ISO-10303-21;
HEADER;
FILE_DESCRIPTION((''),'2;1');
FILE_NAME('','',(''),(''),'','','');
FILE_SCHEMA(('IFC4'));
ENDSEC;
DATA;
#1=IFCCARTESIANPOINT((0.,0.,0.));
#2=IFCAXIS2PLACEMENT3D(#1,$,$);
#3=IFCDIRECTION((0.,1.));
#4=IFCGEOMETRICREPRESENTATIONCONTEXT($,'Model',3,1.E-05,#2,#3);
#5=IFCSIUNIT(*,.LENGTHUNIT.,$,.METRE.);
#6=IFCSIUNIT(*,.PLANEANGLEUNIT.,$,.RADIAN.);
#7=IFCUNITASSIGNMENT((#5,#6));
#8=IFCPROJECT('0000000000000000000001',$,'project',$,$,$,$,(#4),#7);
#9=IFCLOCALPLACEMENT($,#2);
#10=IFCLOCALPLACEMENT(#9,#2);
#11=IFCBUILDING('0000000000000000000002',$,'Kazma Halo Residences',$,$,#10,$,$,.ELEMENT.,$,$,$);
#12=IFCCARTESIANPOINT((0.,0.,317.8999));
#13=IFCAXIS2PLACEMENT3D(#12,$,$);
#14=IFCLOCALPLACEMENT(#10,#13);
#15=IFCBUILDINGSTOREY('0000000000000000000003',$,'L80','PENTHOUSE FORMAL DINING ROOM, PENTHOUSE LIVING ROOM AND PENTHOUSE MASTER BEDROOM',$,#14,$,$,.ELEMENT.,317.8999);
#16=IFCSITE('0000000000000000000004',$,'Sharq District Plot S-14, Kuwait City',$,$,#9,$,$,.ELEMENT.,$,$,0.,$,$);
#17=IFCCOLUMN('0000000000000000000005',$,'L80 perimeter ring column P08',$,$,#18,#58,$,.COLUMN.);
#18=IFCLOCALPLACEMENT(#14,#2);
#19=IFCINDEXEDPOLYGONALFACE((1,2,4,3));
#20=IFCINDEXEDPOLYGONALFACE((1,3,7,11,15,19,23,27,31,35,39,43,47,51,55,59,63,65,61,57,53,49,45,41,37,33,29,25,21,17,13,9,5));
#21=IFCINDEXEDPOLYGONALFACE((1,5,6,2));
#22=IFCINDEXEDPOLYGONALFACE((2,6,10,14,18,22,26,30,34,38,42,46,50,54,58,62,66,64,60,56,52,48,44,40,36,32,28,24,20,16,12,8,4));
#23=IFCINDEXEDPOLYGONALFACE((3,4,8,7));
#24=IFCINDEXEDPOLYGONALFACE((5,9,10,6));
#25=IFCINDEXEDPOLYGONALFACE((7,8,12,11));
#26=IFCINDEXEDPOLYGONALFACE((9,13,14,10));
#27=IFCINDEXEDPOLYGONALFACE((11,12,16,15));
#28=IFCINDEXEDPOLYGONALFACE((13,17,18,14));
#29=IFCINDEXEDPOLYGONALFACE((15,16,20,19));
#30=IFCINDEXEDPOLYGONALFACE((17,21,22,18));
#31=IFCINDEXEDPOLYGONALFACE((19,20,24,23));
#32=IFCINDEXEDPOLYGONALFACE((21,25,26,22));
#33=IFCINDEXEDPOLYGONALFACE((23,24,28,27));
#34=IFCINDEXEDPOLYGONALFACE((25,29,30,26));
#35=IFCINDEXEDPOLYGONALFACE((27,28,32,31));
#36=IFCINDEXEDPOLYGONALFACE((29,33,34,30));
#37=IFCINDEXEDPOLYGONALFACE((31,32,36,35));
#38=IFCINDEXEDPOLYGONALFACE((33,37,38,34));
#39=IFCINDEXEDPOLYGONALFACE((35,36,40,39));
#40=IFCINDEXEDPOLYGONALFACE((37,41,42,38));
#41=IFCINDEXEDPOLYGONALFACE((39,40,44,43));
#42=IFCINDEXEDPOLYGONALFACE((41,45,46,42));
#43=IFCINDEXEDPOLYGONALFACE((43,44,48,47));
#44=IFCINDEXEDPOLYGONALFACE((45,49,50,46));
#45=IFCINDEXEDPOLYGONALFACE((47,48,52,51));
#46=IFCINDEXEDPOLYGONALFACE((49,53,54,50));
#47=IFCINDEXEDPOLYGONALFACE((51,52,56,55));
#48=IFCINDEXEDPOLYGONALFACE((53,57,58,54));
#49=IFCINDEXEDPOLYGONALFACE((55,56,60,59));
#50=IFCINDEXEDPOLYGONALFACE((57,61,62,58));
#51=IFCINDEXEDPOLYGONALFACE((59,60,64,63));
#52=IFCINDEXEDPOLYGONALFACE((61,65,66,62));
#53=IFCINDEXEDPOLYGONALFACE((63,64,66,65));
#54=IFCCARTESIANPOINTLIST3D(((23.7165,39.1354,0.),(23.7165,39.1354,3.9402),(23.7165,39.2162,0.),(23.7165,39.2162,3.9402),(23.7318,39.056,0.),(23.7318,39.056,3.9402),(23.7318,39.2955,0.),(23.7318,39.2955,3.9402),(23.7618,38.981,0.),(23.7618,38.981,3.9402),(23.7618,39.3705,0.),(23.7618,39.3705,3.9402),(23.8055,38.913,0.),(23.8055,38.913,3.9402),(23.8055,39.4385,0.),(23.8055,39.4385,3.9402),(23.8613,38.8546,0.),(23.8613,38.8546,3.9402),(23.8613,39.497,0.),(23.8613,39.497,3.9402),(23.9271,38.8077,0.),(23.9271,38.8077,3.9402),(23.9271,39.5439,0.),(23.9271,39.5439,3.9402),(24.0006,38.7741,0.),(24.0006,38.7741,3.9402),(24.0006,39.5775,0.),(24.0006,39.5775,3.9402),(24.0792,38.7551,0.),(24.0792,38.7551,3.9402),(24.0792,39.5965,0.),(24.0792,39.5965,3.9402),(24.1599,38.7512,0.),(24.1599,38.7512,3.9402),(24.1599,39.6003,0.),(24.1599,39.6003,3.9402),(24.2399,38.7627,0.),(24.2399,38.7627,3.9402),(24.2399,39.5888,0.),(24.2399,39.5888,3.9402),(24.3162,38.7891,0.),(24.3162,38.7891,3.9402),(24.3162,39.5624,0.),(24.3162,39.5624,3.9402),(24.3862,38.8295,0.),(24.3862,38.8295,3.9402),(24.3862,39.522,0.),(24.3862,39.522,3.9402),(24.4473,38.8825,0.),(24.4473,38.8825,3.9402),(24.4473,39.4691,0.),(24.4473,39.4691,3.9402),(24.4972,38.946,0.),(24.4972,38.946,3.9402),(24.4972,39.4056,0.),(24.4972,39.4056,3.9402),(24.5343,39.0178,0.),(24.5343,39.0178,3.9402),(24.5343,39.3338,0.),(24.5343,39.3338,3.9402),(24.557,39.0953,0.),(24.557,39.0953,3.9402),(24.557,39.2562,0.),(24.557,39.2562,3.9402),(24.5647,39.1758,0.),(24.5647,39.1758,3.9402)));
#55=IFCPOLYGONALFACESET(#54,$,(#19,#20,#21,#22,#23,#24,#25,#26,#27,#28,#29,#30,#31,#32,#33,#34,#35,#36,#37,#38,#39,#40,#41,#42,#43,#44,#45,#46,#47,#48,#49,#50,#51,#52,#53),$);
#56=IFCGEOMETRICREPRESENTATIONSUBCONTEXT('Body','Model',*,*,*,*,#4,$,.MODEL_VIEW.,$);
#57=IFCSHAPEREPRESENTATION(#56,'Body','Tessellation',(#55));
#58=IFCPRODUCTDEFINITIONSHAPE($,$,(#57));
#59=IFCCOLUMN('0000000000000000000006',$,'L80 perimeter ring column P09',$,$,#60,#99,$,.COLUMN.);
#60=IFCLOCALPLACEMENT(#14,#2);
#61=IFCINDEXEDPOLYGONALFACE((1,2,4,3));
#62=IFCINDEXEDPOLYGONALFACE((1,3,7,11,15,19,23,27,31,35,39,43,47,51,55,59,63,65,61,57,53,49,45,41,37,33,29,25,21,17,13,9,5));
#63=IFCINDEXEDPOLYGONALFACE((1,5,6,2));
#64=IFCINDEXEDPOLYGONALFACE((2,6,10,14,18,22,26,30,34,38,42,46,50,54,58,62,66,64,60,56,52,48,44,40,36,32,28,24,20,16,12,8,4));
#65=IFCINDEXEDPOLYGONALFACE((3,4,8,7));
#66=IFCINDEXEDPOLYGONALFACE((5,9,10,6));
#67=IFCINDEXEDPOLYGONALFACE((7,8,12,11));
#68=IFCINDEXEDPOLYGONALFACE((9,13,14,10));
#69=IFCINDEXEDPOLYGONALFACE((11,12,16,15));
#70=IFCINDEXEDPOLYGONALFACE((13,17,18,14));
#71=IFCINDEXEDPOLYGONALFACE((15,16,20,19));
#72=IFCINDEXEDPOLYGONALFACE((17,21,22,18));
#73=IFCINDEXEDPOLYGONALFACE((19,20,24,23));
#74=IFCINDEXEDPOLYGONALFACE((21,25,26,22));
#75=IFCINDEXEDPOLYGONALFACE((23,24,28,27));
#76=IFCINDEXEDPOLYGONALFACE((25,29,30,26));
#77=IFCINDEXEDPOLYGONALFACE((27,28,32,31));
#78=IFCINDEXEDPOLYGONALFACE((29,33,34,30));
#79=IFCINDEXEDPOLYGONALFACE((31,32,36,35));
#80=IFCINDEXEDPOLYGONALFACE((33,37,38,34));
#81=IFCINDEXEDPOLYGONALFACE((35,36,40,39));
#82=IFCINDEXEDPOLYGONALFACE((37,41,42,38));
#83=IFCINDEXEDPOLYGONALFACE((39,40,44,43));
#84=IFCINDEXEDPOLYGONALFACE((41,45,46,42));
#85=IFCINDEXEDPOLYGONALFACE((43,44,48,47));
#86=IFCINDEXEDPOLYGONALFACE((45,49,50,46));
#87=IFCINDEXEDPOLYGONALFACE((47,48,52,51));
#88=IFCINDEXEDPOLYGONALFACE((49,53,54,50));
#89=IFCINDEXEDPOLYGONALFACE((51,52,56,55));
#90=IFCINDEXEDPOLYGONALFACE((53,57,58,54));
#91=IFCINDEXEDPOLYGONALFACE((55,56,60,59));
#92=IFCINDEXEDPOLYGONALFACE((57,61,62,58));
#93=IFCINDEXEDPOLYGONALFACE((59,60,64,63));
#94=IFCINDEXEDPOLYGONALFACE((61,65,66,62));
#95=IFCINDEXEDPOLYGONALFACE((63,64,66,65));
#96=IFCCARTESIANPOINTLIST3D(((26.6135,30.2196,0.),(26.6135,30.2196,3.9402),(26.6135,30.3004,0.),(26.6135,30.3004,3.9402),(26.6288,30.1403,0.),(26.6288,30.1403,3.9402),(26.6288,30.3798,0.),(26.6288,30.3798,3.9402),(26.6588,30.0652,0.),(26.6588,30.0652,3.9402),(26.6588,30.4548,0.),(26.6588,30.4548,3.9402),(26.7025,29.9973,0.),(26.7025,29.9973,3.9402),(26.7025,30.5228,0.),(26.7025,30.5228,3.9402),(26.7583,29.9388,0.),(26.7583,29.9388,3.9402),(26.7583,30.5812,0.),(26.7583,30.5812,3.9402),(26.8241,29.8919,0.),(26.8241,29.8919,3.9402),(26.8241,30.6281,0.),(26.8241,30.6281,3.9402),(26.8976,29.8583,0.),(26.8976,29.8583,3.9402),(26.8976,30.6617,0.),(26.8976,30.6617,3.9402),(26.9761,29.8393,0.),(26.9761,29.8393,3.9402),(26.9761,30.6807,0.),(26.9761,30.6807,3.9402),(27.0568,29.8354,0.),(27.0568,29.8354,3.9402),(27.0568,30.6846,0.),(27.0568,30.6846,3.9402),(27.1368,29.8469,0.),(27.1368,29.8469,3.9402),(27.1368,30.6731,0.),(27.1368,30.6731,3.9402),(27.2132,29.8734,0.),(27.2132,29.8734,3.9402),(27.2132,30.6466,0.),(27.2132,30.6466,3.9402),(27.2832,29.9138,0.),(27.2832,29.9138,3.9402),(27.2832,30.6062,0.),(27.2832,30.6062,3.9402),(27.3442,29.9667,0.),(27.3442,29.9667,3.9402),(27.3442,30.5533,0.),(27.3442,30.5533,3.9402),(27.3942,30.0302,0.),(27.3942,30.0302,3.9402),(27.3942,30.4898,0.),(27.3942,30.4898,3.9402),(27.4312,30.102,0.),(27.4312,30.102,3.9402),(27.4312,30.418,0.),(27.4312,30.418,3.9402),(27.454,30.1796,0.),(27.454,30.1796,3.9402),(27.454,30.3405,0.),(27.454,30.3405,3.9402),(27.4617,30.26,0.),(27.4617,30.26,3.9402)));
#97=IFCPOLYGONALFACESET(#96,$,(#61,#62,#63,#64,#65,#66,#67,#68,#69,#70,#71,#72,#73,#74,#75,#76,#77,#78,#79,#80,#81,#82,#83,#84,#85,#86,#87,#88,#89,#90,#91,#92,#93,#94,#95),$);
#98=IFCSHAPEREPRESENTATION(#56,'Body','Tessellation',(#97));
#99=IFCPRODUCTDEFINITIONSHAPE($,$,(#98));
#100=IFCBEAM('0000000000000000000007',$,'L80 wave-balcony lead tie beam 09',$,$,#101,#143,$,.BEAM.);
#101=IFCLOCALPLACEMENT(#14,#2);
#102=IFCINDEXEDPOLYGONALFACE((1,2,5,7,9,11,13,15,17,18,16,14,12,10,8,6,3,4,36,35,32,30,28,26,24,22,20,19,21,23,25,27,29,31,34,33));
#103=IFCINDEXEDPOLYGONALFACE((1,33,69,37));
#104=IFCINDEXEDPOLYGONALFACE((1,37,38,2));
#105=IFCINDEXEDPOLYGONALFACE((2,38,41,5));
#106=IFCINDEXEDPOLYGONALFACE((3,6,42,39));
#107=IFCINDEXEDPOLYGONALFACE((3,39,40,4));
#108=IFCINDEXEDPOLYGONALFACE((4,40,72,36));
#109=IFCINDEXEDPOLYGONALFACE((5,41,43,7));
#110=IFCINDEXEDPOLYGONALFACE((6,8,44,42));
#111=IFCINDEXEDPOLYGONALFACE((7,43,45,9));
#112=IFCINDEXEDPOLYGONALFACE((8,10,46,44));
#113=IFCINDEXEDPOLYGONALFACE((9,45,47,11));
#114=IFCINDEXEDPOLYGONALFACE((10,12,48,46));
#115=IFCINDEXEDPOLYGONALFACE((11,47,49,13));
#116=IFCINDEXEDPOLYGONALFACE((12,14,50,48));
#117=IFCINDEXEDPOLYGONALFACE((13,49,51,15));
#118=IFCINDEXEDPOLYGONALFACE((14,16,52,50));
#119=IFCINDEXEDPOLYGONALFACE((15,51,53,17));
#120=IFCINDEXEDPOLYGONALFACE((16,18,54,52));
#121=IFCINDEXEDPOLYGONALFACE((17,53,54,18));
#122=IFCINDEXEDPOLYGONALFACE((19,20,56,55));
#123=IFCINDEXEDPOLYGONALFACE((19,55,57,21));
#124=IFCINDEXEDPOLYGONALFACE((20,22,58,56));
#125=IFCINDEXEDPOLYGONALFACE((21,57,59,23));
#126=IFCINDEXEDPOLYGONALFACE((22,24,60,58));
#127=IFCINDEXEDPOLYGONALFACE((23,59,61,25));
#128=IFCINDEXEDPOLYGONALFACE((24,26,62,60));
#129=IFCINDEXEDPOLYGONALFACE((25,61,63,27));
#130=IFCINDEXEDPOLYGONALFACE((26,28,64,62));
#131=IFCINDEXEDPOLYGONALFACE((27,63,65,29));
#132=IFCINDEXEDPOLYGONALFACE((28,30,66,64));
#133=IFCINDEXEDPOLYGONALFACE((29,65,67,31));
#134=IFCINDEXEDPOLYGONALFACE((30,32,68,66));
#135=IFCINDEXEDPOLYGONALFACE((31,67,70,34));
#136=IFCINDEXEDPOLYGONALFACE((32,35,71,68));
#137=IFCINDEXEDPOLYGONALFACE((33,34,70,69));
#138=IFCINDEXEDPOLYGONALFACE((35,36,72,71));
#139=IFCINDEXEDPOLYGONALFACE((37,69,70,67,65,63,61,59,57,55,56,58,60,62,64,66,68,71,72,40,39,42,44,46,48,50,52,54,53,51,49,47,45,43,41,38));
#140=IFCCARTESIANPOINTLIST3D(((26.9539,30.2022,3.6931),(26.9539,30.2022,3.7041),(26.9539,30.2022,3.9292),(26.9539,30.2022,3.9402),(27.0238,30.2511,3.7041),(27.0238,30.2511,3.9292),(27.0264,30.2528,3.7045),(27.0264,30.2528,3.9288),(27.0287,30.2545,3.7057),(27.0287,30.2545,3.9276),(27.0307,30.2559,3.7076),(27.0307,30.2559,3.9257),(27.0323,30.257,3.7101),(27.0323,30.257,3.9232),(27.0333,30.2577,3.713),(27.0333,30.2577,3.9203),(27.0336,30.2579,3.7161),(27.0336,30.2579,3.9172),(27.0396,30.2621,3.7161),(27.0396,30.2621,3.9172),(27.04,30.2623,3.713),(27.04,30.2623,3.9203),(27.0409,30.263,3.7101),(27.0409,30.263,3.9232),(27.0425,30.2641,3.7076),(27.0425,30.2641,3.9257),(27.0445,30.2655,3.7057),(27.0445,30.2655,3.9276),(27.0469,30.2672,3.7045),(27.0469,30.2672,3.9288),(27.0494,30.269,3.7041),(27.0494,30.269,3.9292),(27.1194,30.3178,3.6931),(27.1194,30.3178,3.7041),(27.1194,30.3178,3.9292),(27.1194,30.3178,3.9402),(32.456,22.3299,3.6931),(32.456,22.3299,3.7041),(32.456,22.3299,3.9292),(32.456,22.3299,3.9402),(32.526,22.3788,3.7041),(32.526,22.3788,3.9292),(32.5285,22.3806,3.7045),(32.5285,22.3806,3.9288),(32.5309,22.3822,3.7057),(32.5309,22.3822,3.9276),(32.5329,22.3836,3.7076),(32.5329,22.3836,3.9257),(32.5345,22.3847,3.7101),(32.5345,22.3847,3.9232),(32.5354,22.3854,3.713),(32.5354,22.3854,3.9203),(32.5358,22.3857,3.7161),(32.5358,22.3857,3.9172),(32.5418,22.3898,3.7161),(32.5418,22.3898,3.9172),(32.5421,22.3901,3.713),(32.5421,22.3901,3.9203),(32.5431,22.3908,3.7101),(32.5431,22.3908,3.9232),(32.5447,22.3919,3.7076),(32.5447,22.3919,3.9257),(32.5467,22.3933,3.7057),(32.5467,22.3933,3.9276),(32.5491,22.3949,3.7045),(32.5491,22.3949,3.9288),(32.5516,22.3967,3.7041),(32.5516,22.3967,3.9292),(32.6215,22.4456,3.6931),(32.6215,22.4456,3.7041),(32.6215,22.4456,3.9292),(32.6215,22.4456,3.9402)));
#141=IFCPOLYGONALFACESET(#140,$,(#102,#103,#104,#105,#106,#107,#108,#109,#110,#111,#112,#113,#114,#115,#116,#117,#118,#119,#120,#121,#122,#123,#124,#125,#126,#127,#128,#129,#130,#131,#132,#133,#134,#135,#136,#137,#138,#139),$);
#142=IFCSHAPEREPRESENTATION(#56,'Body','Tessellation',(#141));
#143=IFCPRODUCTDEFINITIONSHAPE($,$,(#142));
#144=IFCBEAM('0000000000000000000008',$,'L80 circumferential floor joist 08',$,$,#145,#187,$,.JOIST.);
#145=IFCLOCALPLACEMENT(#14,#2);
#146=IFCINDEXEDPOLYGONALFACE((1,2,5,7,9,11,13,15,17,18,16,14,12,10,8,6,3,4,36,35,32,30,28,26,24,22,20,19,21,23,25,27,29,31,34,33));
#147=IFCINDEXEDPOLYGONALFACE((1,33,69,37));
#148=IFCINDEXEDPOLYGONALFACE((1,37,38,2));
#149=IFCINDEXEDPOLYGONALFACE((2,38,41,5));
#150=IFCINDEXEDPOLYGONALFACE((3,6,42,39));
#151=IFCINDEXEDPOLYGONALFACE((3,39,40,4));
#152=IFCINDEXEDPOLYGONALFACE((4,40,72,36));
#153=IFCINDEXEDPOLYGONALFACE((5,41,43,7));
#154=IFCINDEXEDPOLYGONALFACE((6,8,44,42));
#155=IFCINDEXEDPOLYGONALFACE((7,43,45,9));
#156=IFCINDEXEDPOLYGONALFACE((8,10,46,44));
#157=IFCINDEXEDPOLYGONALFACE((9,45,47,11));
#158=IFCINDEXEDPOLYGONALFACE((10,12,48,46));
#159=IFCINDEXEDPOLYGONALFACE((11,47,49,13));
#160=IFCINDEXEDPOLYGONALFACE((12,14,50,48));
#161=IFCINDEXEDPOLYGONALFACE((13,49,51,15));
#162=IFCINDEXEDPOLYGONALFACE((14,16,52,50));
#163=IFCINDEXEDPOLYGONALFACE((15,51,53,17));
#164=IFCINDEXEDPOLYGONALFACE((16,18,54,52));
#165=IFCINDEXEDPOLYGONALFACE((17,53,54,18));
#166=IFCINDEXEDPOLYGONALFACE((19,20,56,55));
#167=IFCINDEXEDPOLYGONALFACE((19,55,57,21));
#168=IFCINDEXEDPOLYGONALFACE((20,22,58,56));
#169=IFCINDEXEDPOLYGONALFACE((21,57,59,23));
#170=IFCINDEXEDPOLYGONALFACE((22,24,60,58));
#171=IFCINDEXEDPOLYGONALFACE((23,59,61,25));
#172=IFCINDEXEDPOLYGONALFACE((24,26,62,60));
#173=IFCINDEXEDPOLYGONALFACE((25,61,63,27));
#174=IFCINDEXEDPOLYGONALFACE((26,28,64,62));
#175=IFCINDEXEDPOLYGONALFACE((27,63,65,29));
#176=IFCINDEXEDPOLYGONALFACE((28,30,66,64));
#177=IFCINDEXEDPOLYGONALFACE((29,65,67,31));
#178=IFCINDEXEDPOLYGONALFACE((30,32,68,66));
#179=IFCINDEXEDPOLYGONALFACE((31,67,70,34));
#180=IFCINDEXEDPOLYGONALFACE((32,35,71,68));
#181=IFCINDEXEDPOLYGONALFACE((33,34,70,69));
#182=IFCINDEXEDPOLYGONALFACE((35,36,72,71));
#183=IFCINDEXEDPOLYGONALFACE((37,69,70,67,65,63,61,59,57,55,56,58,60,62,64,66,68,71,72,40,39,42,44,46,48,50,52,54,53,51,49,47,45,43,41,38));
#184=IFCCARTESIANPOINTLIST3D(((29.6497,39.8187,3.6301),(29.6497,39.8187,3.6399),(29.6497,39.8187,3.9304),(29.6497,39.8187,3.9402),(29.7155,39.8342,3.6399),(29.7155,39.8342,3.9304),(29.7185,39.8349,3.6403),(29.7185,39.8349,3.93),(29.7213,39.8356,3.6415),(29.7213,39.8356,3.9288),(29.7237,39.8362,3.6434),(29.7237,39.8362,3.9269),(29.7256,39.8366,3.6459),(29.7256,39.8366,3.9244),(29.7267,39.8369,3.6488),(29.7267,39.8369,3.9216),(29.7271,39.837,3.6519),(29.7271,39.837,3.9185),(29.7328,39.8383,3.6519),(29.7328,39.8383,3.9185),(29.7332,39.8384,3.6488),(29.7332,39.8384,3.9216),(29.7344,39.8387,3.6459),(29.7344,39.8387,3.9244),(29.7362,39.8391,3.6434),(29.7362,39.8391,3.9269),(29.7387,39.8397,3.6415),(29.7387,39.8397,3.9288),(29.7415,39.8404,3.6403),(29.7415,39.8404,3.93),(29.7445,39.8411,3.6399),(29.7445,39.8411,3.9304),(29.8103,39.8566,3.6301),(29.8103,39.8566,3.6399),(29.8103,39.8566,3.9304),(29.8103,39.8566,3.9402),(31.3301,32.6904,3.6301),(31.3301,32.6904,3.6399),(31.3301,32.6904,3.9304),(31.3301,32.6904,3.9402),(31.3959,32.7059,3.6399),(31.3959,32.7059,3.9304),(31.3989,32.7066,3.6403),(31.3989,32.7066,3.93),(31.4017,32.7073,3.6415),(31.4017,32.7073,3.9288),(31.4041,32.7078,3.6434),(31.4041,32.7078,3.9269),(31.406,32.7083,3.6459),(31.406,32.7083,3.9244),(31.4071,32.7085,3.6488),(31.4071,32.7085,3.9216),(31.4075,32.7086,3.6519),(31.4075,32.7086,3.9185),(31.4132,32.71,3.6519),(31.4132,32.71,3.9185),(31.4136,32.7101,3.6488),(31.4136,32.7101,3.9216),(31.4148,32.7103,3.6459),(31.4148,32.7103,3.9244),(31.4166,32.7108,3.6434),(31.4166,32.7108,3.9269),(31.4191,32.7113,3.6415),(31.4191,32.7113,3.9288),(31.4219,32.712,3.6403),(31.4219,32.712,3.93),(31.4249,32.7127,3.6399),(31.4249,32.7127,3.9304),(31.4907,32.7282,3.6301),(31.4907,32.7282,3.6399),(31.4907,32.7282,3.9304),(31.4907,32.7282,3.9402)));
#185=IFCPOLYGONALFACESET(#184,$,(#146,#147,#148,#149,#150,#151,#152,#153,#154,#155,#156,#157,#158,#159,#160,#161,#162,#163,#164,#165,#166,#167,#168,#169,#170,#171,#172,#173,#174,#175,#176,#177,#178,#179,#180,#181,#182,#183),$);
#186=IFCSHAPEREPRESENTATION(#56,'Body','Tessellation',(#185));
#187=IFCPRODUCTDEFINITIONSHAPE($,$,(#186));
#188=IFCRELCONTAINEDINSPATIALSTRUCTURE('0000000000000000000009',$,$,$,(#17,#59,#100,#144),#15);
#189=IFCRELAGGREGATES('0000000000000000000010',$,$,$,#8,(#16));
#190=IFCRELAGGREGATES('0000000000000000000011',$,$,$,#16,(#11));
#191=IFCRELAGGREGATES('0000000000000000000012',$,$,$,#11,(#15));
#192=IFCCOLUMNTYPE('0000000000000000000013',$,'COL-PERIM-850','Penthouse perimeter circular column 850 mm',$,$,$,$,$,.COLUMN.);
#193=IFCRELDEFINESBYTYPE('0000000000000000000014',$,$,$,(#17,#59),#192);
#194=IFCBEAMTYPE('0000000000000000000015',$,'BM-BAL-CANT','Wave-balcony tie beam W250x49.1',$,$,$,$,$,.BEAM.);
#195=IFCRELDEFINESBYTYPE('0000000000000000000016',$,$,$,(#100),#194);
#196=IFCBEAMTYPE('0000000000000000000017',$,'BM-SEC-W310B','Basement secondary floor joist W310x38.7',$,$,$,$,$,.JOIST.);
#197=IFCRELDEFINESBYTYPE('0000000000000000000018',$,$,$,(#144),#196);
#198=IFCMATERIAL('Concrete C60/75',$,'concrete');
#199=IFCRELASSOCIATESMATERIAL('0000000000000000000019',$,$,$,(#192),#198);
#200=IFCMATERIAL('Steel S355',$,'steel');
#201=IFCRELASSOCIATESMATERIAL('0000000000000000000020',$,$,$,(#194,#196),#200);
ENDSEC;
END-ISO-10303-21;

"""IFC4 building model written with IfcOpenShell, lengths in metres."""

from ifc_helpers import new_model, si_unit, direction, frame, origin, origin_2d, place, context, subcontext, project, spatial, circle, i_section, extrude, material, material_profile, profile_set, type_object, element, save


model = new_model("IFC4")

# Units and contexts
model_context = context("Model", 3, precision=1e-05, world=origin(), true_north=direction((0.0, 1.0)))
body_context = subcontext(model_context, "Body", "Model", "MODEL_VIEW")
ifc_project = project(units=[si_unit("LENGTHUNIT", "METRE"), si_unit("PLANEANGLEUNIT", "RADIAN")], contexts=[model_context])

# Site, building, storey
site_placement = place(None, origin())
site = spatial("IfcSite", under=ifc_project, at=site_placement, Name="Sharq District Plot S-14, Kuwait City", CompositionType="ELEMENT", RefElevation=0.0)
building_placement = place(site_placement, origin())
building = spatial("IfcBuilding", under=site, at=building_placement, Name="Kazma Halo Residences", CompositionType="ELEMENT")
storey_placement = place(building_placement, frame((0.0, 0.0, 317.8999)))
storey = spatial("IfcBuildingStorey", under=building, at=storey_placement, Name="L80", Description="PENTHOUSE FORMAL DINING ROOM, PENTHOUSE LIVING ROOM AND PENTHOUSE MASTER BEDROOM", CompositionType="ELEMENT", Elevation=317.8999)

# Columns
ifc_material_1 = material(Name="Concrete C60/75", Category="concrete")
ifc_material_profile_1 = material_profile(ifc_material_1, circle(Radius=0.425, at=origin_2d()), Name="CIRC850")
ifc_profile_set_1 = profile_set([ifc_material_profile_1], Name="Concrete C60/75")
column_type = type_object("IfcColumnType", Name="COL-PERIM-850", Description="Penthouse perimeter circular column 850 mm", PredefinedType="COLUMN", material=ifc_profile_set_1)
for number, where, z_axis, x_axis, name in (
    (1, (24.1396, 39.1758, 0.0), (0.0, 0.0, 1.0), (1.0, 0.0, 0.0), "L80 perimeter ring column P08"),
    (2, (27.0366, 30.26, 0.0), (0.0, 0.0, 1.0), (1.0, 0.0, 0.0), "L80 perimeter ring column P09"),
):
    element("IfcColumn", number, at=place(storey_placement, frame(where, z_axis=z_axis, x_axis=x_axis)), inside=storey, type_object=column_type, Name=name, PredefinedType="COLUMN", context=body_context, shape_type="SweptSolid", body=[
        extrude(circle(Radius=0.425, at=origin_2d()), origin(), (0.0, 0.0, 1.0), 3.9402),
    ])

# Beams
ifc_material_2 = material(Name="Steel S355", Category="steel")
ifc_material_profile_2 = material_profile(ifc_material_2, i_section(OverallWidth=0.2019, OverallDepth=0.2471, WebThickness=0.0073, FlangeThickness=0.011, FilletRadius=0.012, at=origin_2d()), Name="W250x49.1")
ifc_profile_set_2 = profile_set([ifc_material_profile_2], Name="Steel S355")
beam_type_1 = type_object("IfcBeamType", Name="BM-BAL-CANT", Description="Wave-balcony tie beam W250x49.1", PredefinedType="BEAM", material=ifc_profile_set_2)
beam_1_placement = place(storey_placement, frame((27.0366, 30.26, 3.8167), z_axis=(0.572874, -0.819644, 0.0), x_axis=(0.819644, 0.572874, 0.0)))
element("IfcBeam", 3, at=beam_1_placement, inside=storey, type_object=beam_type_1, Name="L80 wave-balcony lead tie beam 09", PredefinedType="BEAM", context=body_context, shape_type="SweptSolid", body=[
    extrude(i_section(OverallWidth=0.2019, OverallDepth=0.2471, WebThickness=0.0073, FlangeThickness=0.011, FilletRadius=0.012, at=origin_2d()), origin(), (0.0, 0.0, 1.0), 9.6045),
])
ifc_material_profile_3 = material_profile(ifc_material_2, i_section(OverallWidth=0.165, OverallDepth=0.3101, WebThickness=0.0059, FlangeThickness=0.0098, FilletRadius=0.012, at=origin_2d()), Name="W310x38.7")
ifc_profile_set_3 = profile_set([ifc_material_profile_3], Name="Steel S355")
beam_type_2 = type_object("IfcBeamType", Name="BM-SEC-W310B", Description="Basement secondary floor joist W310x38.7", PredefinedType="JOIST", material=ifc_profile_set_3)
beam_2_placement = place(storey_placement, frame((29.73, 39.8376, 3.7852), z_axis=(0.229446, -0.973321, 0.0), x_axis=(0.973321, 0.229446, 0.0)))
element("IfcBeam", 4, at=beam_2_placement, inside=storey, type_object=beam_type_2, Name="L80 circumferential floor joist 08", PredefinedType="JOIST", context=body_context, shape_type="SweptSolid", body=[
    extrude(i_section(OverallWidth=0.165, OverallDepth=0.3101, WebThickness=0.0059, FlangeThickness=0.0098, FilletRadius=0.012, at=origin_2d()), origin(), (0.0, 0.0, 1.0), 7.3237),
])

save(model, "model.ifc")
